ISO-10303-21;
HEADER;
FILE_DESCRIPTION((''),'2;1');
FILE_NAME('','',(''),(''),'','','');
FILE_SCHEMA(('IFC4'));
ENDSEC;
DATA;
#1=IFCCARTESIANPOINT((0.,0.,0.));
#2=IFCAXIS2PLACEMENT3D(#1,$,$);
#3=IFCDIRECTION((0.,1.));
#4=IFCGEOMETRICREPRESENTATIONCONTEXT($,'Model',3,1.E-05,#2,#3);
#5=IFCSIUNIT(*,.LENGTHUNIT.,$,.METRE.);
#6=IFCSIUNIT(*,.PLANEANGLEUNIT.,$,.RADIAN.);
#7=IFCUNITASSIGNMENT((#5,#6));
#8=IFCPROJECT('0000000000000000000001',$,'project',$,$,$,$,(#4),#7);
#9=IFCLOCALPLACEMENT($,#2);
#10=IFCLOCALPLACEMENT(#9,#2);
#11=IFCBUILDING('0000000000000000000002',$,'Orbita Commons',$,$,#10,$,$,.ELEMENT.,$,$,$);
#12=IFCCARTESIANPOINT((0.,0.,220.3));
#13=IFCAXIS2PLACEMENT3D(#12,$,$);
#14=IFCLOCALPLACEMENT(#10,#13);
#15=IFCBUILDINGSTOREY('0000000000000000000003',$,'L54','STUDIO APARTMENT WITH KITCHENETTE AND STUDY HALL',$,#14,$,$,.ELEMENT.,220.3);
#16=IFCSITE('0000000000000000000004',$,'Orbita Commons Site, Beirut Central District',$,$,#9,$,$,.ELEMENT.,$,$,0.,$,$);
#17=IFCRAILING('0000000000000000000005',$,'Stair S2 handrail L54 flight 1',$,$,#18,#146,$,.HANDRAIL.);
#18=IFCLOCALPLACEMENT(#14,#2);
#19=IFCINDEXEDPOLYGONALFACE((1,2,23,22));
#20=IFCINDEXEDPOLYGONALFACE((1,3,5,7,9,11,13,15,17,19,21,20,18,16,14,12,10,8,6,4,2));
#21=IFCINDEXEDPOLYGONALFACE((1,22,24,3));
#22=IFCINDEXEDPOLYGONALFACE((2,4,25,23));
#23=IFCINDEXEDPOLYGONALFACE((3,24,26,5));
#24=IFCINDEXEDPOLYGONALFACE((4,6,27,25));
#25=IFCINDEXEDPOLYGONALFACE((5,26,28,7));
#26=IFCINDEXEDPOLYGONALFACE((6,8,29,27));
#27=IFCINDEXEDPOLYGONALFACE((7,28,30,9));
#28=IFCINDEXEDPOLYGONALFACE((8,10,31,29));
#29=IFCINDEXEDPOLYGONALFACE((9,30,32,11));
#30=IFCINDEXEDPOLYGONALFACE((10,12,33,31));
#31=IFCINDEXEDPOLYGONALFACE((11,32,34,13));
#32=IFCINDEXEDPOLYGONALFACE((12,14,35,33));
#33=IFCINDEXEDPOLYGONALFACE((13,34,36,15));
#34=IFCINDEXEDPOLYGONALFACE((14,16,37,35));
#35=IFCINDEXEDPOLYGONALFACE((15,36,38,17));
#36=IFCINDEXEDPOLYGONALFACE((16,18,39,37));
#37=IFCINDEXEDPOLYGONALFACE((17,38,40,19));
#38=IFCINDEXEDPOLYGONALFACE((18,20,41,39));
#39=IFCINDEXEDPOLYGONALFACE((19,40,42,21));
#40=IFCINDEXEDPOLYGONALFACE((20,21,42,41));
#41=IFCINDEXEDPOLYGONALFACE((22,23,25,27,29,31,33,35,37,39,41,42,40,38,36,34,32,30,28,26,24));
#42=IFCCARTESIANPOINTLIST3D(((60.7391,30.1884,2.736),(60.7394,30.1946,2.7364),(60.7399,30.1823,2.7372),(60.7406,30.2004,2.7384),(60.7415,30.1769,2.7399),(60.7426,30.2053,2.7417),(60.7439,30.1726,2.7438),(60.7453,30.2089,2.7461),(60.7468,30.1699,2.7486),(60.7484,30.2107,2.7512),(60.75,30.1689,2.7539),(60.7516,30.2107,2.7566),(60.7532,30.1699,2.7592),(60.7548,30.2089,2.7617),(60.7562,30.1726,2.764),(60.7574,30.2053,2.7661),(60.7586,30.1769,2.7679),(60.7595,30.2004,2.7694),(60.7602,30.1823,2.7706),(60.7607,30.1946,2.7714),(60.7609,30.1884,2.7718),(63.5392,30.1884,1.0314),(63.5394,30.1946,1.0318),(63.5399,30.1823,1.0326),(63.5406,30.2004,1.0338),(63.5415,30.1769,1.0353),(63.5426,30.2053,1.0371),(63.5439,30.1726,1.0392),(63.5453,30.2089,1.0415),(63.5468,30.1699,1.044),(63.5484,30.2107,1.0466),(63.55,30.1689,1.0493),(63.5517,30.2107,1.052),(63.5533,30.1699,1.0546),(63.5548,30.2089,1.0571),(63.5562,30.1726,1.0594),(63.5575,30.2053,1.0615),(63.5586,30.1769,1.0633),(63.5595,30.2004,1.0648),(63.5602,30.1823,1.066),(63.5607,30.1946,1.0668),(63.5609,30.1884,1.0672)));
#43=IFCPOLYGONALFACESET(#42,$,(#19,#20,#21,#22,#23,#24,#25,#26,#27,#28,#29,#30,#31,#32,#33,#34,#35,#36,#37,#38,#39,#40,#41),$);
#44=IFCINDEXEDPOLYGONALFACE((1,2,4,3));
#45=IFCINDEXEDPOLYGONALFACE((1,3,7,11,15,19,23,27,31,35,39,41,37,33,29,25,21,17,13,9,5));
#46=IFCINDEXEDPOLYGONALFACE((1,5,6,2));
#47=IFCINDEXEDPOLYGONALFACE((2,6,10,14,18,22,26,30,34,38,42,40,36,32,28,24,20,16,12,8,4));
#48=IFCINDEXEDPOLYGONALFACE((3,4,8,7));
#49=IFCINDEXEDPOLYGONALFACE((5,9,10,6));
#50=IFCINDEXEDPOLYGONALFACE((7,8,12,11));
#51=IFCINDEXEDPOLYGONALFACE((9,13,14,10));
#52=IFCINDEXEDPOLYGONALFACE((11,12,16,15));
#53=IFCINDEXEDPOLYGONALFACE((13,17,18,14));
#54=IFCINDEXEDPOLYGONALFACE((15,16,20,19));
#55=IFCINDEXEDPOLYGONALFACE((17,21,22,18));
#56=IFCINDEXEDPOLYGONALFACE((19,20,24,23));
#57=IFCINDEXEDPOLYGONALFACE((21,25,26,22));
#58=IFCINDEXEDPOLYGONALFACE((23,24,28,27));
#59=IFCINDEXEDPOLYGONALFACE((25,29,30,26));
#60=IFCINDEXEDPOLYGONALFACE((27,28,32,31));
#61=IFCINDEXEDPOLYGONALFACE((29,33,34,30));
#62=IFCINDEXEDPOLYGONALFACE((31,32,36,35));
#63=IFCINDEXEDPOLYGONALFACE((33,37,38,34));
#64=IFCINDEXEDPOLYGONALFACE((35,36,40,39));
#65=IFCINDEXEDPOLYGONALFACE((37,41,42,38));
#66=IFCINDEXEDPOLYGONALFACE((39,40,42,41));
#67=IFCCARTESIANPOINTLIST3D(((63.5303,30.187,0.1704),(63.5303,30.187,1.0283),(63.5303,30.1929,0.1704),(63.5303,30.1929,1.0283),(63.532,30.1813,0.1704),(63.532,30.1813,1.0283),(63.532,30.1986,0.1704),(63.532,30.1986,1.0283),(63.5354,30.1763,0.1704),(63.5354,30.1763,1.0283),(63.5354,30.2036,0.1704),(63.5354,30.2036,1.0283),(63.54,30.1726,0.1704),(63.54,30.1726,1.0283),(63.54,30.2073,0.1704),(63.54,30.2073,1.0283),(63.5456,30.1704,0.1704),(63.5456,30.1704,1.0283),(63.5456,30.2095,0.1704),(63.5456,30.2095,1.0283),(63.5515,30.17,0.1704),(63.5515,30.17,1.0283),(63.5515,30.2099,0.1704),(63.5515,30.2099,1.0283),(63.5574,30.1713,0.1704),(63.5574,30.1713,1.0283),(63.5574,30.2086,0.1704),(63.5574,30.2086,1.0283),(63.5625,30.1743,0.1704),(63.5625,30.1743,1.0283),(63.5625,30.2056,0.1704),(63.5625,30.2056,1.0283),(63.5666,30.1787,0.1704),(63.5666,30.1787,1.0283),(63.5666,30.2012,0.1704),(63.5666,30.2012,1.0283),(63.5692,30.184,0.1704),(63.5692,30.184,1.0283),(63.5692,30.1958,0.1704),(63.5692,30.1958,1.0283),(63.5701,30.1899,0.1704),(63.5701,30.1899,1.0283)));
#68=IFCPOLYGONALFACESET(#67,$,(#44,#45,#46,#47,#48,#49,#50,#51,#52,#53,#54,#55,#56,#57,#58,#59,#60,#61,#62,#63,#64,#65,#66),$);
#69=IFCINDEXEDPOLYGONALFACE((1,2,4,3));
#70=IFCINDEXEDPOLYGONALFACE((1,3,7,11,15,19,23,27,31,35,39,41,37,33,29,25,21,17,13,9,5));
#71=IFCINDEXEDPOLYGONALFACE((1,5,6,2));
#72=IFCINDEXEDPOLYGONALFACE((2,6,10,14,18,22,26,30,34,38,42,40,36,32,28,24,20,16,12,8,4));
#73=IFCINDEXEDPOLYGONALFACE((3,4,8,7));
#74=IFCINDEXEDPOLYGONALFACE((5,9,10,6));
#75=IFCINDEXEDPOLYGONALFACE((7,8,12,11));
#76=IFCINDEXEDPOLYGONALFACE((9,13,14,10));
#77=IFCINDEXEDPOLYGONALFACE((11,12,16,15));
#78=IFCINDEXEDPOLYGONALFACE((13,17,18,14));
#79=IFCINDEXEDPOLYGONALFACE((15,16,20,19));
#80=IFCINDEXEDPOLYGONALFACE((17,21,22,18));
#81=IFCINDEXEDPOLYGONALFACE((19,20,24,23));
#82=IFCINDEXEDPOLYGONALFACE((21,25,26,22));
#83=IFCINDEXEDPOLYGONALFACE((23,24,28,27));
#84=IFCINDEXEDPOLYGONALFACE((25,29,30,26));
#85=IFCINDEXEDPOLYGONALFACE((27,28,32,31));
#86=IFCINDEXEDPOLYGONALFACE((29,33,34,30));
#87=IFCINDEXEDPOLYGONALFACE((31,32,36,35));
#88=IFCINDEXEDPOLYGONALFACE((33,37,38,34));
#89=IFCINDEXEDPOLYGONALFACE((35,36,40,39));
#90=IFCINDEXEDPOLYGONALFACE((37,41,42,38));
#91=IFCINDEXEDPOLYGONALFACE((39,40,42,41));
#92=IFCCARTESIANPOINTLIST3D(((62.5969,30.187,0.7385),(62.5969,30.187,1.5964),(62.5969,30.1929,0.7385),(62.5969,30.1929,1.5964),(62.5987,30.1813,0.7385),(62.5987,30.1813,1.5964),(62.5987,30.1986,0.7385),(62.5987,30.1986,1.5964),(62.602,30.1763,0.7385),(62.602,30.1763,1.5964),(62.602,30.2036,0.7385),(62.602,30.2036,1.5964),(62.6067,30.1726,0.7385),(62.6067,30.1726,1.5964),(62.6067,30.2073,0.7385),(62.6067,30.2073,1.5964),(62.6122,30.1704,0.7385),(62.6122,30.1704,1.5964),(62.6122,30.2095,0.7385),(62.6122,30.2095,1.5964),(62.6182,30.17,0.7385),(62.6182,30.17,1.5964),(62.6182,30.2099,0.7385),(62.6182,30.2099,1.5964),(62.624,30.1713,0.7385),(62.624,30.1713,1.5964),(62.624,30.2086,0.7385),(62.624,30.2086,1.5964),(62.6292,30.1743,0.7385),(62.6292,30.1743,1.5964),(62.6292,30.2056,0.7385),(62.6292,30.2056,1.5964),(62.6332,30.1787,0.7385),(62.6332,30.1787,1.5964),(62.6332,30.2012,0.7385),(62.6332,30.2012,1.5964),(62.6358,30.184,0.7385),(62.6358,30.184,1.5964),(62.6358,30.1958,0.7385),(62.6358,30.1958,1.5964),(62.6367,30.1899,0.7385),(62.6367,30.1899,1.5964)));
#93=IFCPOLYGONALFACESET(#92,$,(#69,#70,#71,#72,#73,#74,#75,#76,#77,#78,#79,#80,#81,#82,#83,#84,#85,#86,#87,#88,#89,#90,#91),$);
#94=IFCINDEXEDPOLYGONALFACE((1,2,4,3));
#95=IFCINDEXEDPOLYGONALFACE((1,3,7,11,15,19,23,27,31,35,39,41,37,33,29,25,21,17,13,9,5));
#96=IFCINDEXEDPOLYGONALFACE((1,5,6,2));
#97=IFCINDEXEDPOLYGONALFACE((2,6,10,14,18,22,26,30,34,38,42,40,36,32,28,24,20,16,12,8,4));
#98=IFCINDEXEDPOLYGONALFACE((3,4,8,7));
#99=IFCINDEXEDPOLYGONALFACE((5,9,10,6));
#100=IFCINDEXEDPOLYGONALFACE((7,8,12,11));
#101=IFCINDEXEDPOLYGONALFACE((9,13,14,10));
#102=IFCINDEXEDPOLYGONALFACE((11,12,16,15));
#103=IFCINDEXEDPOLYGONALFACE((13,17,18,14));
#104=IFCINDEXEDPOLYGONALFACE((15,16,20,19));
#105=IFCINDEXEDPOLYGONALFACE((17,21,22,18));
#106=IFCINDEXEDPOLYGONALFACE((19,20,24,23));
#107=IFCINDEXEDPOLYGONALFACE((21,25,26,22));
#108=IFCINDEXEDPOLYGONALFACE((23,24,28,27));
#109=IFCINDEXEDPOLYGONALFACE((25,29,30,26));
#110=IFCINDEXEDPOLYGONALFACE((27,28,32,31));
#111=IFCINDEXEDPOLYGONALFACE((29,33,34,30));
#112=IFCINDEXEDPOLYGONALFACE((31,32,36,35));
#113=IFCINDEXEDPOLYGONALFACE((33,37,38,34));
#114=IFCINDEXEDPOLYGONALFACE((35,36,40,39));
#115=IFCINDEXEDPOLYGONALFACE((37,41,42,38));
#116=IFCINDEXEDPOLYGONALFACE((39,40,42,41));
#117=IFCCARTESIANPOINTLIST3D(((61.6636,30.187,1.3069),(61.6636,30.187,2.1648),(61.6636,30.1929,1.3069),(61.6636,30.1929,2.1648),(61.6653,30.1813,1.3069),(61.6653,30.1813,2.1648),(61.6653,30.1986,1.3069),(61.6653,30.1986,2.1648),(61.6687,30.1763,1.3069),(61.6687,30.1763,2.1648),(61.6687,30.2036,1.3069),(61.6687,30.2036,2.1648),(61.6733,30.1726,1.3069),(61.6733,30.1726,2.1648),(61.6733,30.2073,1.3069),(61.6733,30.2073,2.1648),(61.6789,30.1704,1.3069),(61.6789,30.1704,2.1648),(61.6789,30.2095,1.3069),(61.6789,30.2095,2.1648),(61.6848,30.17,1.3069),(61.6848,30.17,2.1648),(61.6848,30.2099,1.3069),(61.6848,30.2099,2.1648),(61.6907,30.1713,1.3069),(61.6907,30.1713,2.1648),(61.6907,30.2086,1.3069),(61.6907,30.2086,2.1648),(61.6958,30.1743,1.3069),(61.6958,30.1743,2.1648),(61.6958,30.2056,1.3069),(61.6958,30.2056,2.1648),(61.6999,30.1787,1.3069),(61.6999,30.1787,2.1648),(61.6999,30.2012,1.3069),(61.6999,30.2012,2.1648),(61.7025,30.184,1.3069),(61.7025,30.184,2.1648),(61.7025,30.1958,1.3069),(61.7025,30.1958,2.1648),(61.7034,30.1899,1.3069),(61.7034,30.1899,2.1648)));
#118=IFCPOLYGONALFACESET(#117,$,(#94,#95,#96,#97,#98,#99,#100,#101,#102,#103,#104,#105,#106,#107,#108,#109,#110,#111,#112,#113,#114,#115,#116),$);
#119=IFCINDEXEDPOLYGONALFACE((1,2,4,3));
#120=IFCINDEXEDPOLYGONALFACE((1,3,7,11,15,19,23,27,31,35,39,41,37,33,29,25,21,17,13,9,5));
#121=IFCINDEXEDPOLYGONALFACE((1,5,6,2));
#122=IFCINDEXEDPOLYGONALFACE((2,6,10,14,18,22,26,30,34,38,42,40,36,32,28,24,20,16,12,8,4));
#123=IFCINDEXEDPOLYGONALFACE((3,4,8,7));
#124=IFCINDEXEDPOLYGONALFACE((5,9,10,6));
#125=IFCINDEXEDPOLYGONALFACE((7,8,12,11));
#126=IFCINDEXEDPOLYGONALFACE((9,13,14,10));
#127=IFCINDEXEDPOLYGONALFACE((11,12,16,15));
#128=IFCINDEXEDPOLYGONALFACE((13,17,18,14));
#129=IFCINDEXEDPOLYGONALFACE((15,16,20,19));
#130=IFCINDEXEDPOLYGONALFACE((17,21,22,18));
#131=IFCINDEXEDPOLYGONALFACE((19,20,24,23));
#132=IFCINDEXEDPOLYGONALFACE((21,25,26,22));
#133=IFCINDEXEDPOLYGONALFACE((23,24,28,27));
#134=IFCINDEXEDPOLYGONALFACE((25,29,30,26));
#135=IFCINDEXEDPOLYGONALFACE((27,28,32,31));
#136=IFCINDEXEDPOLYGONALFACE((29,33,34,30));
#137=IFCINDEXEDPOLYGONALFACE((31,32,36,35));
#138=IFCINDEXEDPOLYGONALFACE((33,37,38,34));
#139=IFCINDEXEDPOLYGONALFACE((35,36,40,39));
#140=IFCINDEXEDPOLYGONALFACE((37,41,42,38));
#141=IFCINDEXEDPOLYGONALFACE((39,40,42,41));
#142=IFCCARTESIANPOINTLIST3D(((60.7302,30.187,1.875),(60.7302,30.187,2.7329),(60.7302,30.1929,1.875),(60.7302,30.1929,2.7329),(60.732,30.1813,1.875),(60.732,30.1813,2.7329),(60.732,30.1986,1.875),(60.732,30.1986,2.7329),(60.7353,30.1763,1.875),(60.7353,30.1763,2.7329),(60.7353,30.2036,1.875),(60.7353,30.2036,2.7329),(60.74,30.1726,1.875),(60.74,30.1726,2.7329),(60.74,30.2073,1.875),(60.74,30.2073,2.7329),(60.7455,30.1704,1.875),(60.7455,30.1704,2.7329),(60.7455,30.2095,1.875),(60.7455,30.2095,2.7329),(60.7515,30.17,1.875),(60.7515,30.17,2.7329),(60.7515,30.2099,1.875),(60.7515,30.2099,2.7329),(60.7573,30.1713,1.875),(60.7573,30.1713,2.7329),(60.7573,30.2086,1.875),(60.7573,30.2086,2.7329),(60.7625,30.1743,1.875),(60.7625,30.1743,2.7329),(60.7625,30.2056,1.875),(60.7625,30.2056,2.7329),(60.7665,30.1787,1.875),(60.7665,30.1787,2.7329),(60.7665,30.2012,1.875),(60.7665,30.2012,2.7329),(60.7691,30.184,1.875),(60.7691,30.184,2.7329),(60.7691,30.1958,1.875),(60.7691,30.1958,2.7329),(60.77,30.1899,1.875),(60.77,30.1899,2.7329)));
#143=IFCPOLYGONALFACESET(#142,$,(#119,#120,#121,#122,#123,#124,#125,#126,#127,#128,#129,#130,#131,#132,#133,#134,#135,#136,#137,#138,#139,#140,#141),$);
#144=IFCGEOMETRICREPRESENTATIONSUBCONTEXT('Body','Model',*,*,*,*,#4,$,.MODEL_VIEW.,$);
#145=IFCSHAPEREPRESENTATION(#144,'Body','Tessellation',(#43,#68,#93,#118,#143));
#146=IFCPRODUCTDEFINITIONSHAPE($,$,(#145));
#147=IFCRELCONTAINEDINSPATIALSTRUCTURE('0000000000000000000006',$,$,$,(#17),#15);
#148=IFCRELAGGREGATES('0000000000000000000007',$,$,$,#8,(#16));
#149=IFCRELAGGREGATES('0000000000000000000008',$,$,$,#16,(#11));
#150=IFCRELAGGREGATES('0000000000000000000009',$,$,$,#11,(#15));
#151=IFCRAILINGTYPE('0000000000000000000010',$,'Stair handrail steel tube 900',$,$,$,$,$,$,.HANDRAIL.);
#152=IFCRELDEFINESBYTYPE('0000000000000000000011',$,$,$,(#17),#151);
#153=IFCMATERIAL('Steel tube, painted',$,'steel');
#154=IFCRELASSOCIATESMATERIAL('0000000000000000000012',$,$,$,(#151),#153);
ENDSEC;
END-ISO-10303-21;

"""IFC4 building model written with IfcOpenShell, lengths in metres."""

from ifc_helpers import new_model, si_unit, direction, frame, origin, origin_2d, place, context, subcontext, project, spatial, circle, extrude, material, type_object, element, save


model = new_model("IFC4")

# Units and contexts
model_context = context("Model", 3, precision=1e-05, world=origin(), true_north=direction((0.0, 1.0)))
body_context = subcontext(model_context, "Body", "Model", "MODEL_VIEW")
ifc_project = project(units=[si_unit("LENGTHUNIT", "METRE"), si_unit("PLANEANGLEUNIT", "RADIAN")], contexts=[model_context])

# Site, building, storey
site_placement = place(None, origin())
site = spatial("IfcSite", under=ifc_project, at=site_placement, Name="Orbita Commons Site, Beirut Central District", CompositionType="ELEMENT", RefElevation=0.0)
building_placement = place(site_placement, origin())
building = spatial("IfcBuilding", under=site, at=building_placement, Name="Orbita Commons", CompositionType="ELEMENT")
storey_placement = place(building_placement, frame((0.0, 0.0, 220.3)))
storey = spatial("IfcBuildingStorey", under=building, at=storey_placement, Name="L54", Description="STUDIO APARTMENT WITH KITCHENETTE AND STUDY HALL", CompositionType="ELEMENT", Elevation=220.3)

# Railing
ifc_material_1 = material(Name="Steel tube, painted", Category="steel")
railing_type = type_object("IfcRailingType", Name="Stair handrail steel tube 900", PredefinedType="HANDRAIL", material=ifc_material_1)
for number, where, name in (
    (1, (63.55, 30.1899, 0.1704), "Stair S2 handrail L54 flight 1"),
):
    element("IfcRailing", number, at=place(storey_placement, frame(where)), inside=storey, type_object=railing_type, Name=name, PredefinedType="HANDRAIL", context=body_context, shape_type="SweptSolid", body=[
        extrude(circle(Radius=0.021, at=origin_2d()), frame((0.0, 0.0, 0.8789), z_axis=(-0.85417, 0.0, 0.519994), x_axis=(0.0, -1.0, 0.0)), (0.0, 0.0, 1.0), 3.2781),
        extrude(circle(Radius=0.02, at=origin_2d()), origin(), (0.0, 0.0, 1.0), 0.8579),
        extrude(circle(Radius=0.02, at=origin_2d()), frame((-0.9333, 0.0, 0.5681)), (0.0, 0.0, 1.0), 0.8579),
        extrude(circle(Radius=0.02, at=origin_2d()), frame((-1.8667, 0.0, 1.1365)), (0.0, 0.0, 1.0), 0.8579),
        extrude(circle(Radius=0.02, at=origin_2d()), frame((-2.8, 0.0, 1.7046)), (0.0, 0.0, 1.0), 0.8579),
    ])

save(model, "model.ifc")
